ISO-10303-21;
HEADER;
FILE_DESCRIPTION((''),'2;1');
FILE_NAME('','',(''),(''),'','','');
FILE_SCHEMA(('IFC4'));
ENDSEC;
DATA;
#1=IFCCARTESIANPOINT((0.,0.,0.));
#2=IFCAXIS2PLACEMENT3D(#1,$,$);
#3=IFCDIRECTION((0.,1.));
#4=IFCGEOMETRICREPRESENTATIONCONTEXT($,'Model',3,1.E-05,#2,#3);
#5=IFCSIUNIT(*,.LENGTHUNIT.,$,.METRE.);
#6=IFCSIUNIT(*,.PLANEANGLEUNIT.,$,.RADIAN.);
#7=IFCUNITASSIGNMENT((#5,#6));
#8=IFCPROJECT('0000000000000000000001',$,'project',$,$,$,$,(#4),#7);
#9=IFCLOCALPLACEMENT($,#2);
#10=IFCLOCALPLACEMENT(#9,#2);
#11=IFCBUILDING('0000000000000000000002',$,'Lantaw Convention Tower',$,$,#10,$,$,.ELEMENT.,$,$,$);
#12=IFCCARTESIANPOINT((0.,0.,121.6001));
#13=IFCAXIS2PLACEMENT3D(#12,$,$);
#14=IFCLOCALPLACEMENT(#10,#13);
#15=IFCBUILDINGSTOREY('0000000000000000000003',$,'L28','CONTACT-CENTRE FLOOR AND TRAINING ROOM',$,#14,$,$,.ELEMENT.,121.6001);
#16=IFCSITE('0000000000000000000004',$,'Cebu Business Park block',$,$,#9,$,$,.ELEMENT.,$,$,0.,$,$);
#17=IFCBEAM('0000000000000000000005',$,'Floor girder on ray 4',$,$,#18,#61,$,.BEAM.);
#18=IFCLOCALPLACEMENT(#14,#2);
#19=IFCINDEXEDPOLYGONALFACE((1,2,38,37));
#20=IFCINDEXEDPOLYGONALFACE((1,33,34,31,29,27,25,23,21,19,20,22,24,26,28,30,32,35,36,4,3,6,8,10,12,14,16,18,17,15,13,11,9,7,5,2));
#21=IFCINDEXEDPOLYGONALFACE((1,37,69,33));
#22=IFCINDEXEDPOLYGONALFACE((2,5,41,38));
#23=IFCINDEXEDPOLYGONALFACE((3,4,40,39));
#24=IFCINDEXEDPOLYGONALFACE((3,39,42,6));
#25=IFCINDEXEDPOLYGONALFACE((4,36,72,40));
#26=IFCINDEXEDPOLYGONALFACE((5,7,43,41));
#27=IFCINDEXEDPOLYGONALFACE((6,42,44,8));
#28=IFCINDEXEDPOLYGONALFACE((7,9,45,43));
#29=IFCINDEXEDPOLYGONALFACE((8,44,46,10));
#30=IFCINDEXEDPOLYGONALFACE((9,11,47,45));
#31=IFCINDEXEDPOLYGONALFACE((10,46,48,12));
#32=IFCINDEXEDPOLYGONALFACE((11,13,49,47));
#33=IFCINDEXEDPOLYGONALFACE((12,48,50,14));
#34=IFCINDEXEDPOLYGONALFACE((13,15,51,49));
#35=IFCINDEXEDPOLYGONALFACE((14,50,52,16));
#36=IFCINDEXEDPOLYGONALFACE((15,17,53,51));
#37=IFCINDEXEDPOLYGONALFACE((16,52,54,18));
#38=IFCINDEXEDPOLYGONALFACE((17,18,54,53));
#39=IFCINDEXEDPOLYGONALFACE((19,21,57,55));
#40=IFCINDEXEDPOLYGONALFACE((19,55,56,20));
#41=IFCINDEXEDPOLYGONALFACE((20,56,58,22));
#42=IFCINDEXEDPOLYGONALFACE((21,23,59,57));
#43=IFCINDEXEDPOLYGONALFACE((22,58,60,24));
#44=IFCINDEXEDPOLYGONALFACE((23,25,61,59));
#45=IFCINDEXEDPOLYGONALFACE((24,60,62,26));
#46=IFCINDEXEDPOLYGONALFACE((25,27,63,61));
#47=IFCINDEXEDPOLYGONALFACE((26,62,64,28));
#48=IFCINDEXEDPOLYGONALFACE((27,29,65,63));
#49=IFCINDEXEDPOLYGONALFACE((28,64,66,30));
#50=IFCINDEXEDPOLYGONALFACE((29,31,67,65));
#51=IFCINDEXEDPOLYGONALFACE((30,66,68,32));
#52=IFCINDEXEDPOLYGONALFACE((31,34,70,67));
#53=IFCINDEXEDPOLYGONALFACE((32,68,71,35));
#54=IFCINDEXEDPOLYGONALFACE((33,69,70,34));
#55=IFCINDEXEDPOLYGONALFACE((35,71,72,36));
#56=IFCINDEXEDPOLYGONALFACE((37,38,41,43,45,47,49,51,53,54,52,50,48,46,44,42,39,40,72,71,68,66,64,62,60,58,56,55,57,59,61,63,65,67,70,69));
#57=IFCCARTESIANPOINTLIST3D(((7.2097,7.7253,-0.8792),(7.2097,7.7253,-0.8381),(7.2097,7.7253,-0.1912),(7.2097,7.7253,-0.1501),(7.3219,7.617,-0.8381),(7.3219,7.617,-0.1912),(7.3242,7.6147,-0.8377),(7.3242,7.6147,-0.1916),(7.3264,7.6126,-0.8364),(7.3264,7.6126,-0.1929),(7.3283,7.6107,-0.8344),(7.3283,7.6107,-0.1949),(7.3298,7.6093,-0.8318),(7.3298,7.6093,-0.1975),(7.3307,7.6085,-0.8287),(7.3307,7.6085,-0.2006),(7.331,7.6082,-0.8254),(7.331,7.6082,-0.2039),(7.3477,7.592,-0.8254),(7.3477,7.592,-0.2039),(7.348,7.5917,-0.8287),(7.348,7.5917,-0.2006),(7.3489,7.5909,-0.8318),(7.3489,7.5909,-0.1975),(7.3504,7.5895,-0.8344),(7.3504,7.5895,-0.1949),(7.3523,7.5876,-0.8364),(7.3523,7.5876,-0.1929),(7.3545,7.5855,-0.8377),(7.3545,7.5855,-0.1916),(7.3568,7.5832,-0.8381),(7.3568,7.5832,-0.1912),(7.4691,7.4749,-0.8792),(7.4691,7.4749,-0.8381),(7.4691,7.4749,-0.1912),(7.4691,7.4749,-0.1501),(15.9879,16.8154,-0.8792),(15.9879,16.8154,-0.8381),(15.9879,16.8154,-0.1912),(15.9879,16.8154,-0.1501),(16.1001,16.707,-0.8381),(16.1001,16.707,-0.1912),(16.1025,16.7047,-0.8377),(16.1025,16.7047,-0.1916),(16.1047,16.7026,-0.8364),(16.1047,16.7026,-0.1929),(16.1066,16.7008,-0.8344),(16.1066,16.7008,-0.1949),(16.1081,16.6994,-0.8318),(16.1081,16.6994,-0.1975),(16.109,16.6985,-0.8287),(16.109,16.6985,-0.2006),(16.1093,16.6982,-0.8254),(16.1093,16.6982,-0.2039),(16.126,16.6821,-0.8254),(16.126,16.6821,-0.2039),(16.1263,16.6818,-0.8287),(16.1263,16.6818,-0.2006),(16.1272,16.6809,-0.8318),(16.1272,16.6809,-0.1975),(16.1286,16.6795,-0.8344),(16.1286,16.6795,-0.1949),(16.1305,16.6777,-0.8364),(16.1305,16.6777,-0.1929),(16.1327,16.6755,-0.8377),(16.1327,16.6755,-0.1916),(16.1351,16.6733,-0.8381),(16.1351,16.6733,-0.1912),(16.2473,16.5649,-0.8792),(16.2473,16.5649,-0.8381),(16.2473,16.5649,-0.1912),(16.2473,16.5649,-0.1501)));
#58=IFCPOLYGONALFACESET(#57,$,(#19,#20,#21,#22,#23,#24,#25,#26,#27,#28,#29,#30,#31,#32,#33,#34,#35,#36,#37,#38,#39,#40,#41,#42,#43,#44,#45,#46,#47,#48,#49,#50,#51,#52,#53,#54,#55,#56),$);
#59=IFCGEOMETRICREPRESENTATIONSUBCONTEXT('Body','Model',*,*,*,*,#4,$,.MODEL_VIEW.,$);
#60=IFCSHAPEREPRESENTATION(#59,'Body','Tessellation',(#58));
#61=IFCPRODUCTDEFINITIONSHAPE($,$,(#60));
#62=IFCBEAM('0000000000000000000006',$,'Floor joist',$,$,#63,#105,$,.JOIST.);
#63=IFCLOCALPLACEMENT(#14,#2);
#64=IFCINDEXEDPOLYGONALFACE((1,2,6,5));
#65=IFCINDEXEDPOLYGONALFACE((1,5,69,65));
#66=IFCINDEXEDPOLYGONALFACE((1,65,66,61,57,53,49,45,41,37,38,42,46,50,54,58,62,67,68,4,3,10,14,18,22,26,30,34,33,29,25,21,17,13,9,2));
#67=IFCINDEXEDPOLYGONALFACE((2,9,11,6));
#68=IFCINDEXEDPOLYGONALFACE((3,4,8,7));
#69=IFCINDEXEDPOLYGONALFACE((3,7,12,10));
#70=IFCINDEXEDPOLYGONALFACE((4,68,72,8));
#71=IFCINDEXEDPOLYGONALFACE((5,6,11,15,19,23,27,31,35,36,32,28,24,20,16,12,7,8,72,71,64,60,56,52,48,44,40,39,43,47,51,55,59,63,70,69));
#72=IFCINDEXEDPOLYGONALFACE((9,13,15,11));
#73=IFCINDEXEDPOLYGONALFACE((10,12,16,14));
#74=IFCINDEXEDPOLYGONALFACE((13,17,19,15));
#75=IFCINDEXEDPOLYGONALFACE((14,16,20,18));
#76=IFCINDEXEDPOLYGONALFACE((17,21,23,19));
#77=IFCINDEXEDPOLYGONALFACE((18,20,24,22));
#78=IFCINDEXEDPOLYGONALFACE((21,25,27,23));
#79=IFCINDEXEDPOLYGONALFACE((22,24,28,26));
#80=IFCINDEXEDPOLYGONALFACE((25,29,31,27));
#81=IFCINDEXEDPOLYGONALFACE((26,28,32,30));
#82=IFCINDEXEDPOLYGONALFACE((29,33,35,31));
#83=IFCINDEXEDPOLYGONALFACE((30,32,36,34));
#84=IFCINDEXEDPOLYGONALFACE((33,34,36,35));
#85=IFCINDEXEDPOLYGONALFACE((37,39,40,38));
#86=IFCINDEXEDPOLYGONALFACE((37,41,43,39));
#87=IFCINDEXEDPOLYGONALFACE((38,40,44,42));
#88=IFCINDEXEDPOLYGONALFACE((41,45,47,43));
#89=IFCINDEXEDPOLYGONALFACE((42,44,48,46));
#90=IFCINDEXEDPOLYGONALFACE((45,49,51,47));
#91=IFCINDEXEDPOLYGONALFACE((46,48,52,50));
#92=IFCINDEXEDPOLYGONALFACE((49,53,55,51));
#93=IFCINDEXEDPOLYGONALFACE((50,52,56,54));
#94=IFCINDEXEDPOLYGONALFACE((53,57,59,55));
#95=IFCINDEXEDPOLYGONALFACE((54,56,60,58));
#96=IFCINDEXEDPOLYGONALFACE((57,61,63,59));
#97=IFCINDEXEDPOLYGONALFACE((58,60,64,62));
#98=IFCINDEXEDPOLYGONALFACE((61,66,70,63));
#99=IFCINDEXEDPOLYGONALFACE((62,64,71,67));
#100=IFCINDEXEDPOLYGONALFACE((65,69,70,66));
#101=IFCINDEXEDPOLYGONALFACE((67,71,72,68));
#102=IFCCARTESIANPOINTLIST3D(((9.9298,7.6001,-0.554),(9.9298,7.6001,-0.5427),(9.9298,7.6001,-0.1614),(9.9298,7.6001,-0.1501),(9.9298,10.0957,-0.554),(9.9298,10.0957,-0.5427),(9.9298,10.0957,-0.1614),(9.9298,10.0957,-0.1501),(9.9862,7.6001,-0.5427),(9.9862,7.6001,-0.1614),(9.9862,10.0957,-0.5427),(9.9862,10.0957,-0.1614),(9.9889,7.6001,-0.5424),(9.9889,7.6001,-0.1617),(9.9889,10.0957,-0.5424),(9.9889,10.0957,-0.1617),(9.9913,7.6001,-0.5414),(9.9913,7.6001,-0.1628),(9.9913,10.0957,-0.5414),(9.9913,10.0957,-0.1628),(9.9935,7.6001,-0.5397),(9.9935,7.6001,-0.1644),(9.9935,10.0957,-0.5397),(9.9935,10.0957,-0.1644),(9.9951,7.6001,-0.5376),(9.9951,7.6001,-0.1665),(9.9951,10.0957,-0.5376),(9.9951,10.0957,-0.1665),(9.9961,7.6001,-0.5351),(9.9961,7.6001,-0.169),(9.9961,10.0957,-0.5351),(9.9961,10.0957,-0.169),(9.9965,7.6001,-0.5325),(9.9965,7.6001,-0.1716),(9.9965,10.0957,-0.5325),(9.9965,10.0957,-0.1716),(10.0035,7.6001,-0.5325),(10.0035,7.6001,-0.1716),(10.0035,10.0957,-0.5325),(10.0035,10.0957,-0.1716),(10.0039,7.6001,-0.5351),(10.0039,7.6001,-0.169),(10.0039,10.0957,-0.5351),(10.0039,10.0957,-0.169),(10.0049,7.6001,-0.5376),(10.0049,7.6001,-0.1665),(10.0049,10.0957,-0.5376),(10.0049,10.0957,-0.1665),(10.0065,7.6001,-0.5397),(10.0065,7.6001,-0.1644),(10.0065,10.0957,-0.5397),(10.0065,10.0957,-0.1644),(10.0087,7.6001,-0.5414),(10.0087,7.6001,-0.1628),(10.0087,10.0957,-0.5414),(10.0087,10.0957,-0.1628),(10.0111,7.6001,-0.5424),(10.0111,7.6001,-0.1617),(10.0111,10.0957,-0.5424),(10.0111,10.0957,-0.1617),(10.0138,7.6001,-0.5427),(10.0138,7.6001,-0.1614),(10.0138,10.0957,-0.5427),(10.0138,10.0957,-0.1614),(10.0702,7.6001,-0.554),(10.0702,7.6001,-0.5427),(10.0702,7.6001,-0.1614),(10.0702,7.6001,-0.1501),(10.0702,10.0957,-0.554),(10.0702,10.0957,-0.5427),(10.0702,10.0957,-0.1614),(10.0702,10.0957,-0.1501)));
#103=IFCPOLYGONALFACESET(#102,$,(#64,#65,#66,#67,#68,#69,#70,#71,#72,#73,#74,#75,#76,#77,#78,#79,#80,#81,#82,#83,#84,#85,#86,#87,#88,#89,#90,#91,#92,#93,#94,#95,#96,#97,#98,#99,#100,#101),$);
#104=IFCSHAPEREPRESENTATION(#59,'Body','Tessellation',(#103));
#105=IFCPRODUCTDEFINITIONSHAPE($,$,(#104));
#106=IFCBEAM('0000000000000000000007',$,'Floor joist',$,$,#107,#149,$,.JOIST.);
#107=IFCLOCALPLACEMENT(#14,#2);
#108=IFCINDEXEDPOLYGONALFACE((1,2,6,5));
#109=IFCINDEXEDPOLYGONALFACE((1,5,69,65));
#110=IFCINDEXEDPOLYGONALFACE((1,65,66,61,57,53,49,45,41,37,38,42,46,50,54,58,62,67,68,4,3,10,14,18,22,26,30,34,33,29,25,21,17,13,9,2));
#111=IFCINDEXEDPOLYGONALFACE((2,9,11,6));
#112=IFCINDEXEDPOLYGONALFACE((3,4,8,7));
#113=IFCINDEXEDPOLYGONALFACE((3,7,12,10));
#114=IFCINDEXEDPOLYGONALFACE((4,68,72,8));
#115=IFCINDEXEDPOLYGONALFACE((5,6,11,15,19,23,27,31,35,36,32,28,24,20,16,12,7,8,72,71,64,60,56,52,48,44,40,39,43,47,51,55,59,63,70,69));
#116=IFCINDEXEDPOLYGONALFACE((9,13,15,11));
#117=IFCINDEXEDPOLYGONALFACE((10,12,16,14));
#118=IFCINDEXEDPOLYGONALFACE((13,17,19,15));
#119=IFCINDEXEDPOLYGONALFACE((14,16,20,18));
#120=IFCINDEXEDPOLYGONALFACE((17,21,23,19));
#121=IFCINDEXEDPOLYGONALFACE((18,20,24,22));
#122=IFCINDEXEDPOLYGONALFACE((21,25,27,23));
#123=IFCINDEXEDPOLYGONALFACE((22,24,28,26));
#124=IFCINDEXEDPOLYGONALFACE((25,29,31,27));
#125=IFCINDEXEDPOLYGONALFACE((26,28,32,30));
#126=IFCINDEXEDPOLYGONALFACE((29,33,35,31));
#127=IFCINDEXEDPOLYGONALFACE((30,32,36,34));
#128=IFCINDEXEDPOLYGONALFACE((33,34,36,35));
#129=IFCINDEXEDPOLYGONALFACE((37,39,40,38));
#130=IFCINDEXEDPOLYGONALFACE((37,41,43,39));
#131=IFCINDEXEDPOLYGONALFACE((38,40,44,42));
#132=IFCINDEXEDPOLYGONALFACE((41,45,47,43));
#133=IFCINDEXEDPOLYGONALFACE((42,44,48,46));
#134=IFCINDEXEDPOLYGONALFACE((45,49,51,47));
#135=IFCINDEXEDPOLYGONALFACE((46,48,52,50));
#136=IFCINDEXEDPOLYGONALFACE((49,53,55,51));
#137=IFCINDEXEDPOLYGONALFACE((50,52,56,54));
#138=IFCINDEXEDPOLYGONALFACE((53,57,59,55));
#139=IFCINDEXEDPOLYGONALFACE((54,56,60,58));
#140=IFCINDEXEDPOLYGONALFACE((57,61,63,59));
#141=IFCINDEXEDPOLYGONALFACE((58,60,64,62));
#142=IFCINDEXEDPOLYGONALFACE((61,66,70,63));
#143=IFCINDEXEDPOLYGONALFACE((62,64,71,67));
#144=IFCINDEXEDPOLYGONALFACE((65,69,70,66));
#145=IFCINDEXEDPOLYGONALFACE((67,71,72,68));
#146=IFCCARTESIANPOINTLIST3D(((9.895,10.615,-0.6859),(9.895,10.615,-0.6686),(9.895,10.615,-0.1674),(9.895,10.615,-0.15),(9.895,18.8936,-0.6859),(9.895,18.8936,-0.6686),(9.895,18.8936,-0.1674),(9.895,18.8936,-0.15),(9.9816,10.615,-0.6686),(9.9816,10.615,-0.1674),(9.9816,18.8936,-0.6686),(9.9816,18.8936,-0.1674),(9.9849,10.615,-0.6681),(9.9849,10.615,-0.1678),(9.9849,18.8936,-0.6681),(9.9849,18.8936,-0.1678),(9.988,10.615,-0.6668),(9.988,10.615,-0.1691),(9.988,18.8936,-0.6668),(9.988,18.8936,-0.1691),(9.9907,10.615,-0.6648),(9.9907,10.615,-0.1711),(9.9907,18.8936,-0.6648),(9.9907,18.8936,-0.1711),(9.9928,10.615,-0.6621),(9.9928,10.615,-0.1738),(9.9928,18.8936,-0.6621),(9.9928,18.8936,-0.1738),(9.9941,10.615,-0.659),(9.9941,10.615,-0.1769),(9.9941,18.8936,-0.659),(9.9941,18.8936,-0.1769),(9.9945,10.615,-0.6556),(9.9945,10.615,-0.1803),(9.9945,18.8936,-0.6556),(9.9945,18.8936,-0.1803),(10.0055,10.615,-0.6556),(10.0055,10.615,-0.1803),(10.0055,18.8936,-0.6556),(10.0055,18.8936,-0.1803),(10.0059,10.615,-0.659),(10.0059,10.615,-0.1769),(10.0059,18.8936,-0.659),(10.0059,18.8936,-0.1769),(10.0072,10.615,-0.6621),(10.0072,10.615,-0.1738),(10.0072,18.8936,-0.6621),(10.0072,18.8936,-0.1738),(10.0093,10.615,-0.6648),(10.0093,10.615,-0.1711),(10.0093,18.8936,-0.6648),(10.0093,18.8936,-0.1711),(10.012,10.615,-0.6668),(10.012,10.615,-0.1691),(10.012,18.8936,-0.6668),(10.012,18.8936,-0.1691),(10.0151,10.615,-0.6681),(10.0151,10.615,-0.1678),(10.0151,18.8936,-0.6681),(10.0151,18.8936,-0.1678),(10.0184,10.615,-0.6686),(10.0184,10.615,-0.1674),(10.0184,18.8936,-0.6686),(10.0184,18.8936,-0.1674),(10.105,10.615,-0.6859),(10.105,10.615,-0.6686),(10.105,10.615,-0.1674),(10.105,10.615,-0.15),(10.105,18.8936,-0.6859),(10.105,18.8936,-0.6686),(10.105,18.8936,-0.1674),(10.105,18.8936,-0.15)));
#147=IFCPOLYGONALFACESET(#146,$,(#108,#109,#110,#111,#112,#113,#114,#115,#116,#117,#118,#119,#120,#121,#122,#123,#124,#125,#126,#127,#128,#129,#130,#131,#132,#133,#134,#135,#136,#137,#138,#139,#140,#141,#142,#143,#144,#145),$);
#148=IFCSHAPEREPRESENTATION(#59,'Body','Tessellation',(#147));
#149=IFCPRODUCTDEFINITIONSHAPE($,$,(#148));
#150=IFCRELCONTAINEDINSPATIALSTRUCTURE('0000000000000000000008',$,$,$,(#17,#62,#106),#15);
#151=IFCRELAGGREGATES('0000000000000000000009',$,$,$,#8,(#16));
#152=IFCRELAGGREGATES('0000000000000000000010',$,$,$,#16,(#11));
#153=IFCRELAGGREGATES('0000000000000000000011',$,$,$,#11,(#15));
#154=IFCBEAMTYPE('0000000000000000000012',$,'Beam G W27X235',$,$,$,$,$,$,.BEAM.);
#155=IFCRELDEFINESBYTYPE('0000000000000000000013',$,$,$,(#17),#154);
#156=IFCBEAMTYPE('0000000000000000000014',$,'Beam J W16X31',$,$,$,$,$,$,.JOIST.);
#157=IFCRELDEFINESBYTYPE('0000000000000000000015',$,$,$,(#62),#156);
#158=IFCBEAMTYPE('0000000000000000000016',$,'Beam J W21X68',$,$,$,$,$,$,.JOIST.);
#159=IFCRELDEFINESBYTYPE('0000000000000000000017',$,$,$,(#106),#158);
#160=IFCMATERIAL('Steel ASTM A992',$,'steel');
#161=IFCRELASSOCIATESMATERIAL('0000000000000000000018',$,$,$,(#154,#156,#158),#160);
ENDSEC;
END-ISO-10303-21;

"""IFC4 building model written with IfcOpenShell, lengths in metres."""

from ifc_helpers import new_model, si_unit, direction, frame, origin, origin_2d, place, context, subcontext, project, spatial, i_section, extrude, material, material_profile, profile_set, type_object, element, save


model = new_model("IFC4")

# Units and contexts
model_context = context("Model", 3, precision=1e-05, world=origin(), true_north=direction((0.0, 1.0)))
body_context = subcontext(model_context, "Body", "Model", "MODEL_VIEW")
ifc_project = project(units=[si_unit("LENGTHUNIT", "METRE"), si_unit("PLANEANGLEUNIT", "RADIAN")], contexts=[model_context])

# Site, building, storey
site_placement = place(None, origin())
site = spatial("IfcSite", under=ifc_project, at=site_placement, Name="Cebu Business Park block", CompositionType="ELEMENT", RefElevation=0.0)
building_placement = place(site_placement, origin())
building = spatial("IfcBuilding", under=site, at=building_placement, Name="Lantaw Convention Tower", CompositionType="ELEMENT")
storey_placement = place(building_placement, frame((0.0, 0.0, 121.6001)))
storey = spatial("IfcBuildingStorey", under=building, at=storey_placement, Name="L28", Description="CONTACT-CENTRE FLOOR AND TRAINING ROOM", CompositionType="ELEMENT", Elevation=121.6001)

# Beams
ifc_material_1 = material(Name="Steel ASTM A992", Category="steel")
ifc_material_profile_1 = material_profile(ifc_material_1, i_section(OverallWidth=0.3606, OverallDepth=0.729, WebThickness=0.0232, FlangeThickness=0.041, FilletRadius=0.0127, at=origin_2d()), Name="W27X235")
ifc_profile_set_1 = profile_set([ifc_material_profile_1], Name="Steel ASTM A992")
beam_type_1 = type_object("IfcBeamType", Name="Beam G W27X235", PredefinedType="BEAM", material=ifc_profile_set_1)
beam_1_placement = place(storey_placement, frame((7.3394, 7.6001, -0.5146), z_axis=(0.694663, 0.719335, 0.0), x_axis=(-0.719335, 0.694663, 0.0)))
element("IfcBeam", 1, at=beam_1_placement, inside=storey, type_object=beam_type_1, Name="Floor girder on ray 4", PredefinedType="BEAM", context=body_context, shape_type="SweptSolid", body=[
    extrude(i_section(OverallWidth=0.3606, OverallDepth=0.729, WebThickness=0.0232, FlangeThickness=0.041, FilletRadius=0.0127, at=origin_2d()), origin(), (0.0, 0.0, 1.0), 12.6367),
])
ifc_material_profile_2 = material_profile(ifc_material_1, i_section(OverallWidth=0.1404, OverallDepth=0.4038, WebThickness=0.0071, FlangeThickness=0.0112, FilletRadius=0.0103, at=origin_2d()), Name="W16X31")
ifc_profile_set_2 = profile_set([ifc_material_profile_2], Name="Steel ASTM A992")
beam_type_2 = type_object("IfcBeamType", Name="Beam J W16X31", PredefinedType="JOIST", material=ifc_profile_set_2)
beam_2_placement = place(storey_placement, frame((10.0, 7.6001, -0.3521), z_axis=(0.0, 1.0, 0.0), x_axis=(-1.0, 0.0, 0.0)))
element("IfcBeam", 2, at=beam_2_placement, inside=storey, type_object=beam_type_2, Name="Floor joist", PredefinedType="JOIST", context=body_context, shape_type="SweptSolid", body=[
    extrude(i_section(OverallWidth=0.1404, OverallDepth=0.4038, WebThickness=0.0071, FlangeThickness=0.0112, FilletRadius=0.0103, at=origin_2d()), origin(), (0.0, 0.0, 1.0), 2.4956),
])
ifc_material_profile_3 = material_profile(ifc_material_1, i_section(OverallWidth=0.21, OverallDepth=0.5359, WebThickness=0.011, FlangeThickness=0.0173, FilletRadius=0.0129, at=origin_2d()), Name="W21X68")
ifc_profile_set_3 = profile_set([ifc_material_profile_3], Name="Steel ASTM A992")
beam_type_3 = type_object("IfcBeamType", Name="Beam J W21X68", PredefinedType="JOIST", material=ifc_profile_set_3)
beam_3_placement = place(storey_placement, frame((10.0, 10.615, -0.418), z_axis=(0.0, 1.0, 0.0), x_axis=(-1.0, 0.0, 0.0)))
element("IfcBeam", 3, at=beam_3_placement, inside=storey, type_object=beam_type_3, Name="Floor joist", PredefinedType="JOIST", context=body_context, shape_type="SweptSolid", body=[
    extrude(i_section(OverallWidth=0.21, OverallDepth=0.5359, WebThickness=0.011, FlangeThickness=0.0173, FilletRadius=0.0129, at=origin_2d()), origin(), (0.0, 0.0, 1.0), 8.2786),
])

save(model, "model.ifc")
